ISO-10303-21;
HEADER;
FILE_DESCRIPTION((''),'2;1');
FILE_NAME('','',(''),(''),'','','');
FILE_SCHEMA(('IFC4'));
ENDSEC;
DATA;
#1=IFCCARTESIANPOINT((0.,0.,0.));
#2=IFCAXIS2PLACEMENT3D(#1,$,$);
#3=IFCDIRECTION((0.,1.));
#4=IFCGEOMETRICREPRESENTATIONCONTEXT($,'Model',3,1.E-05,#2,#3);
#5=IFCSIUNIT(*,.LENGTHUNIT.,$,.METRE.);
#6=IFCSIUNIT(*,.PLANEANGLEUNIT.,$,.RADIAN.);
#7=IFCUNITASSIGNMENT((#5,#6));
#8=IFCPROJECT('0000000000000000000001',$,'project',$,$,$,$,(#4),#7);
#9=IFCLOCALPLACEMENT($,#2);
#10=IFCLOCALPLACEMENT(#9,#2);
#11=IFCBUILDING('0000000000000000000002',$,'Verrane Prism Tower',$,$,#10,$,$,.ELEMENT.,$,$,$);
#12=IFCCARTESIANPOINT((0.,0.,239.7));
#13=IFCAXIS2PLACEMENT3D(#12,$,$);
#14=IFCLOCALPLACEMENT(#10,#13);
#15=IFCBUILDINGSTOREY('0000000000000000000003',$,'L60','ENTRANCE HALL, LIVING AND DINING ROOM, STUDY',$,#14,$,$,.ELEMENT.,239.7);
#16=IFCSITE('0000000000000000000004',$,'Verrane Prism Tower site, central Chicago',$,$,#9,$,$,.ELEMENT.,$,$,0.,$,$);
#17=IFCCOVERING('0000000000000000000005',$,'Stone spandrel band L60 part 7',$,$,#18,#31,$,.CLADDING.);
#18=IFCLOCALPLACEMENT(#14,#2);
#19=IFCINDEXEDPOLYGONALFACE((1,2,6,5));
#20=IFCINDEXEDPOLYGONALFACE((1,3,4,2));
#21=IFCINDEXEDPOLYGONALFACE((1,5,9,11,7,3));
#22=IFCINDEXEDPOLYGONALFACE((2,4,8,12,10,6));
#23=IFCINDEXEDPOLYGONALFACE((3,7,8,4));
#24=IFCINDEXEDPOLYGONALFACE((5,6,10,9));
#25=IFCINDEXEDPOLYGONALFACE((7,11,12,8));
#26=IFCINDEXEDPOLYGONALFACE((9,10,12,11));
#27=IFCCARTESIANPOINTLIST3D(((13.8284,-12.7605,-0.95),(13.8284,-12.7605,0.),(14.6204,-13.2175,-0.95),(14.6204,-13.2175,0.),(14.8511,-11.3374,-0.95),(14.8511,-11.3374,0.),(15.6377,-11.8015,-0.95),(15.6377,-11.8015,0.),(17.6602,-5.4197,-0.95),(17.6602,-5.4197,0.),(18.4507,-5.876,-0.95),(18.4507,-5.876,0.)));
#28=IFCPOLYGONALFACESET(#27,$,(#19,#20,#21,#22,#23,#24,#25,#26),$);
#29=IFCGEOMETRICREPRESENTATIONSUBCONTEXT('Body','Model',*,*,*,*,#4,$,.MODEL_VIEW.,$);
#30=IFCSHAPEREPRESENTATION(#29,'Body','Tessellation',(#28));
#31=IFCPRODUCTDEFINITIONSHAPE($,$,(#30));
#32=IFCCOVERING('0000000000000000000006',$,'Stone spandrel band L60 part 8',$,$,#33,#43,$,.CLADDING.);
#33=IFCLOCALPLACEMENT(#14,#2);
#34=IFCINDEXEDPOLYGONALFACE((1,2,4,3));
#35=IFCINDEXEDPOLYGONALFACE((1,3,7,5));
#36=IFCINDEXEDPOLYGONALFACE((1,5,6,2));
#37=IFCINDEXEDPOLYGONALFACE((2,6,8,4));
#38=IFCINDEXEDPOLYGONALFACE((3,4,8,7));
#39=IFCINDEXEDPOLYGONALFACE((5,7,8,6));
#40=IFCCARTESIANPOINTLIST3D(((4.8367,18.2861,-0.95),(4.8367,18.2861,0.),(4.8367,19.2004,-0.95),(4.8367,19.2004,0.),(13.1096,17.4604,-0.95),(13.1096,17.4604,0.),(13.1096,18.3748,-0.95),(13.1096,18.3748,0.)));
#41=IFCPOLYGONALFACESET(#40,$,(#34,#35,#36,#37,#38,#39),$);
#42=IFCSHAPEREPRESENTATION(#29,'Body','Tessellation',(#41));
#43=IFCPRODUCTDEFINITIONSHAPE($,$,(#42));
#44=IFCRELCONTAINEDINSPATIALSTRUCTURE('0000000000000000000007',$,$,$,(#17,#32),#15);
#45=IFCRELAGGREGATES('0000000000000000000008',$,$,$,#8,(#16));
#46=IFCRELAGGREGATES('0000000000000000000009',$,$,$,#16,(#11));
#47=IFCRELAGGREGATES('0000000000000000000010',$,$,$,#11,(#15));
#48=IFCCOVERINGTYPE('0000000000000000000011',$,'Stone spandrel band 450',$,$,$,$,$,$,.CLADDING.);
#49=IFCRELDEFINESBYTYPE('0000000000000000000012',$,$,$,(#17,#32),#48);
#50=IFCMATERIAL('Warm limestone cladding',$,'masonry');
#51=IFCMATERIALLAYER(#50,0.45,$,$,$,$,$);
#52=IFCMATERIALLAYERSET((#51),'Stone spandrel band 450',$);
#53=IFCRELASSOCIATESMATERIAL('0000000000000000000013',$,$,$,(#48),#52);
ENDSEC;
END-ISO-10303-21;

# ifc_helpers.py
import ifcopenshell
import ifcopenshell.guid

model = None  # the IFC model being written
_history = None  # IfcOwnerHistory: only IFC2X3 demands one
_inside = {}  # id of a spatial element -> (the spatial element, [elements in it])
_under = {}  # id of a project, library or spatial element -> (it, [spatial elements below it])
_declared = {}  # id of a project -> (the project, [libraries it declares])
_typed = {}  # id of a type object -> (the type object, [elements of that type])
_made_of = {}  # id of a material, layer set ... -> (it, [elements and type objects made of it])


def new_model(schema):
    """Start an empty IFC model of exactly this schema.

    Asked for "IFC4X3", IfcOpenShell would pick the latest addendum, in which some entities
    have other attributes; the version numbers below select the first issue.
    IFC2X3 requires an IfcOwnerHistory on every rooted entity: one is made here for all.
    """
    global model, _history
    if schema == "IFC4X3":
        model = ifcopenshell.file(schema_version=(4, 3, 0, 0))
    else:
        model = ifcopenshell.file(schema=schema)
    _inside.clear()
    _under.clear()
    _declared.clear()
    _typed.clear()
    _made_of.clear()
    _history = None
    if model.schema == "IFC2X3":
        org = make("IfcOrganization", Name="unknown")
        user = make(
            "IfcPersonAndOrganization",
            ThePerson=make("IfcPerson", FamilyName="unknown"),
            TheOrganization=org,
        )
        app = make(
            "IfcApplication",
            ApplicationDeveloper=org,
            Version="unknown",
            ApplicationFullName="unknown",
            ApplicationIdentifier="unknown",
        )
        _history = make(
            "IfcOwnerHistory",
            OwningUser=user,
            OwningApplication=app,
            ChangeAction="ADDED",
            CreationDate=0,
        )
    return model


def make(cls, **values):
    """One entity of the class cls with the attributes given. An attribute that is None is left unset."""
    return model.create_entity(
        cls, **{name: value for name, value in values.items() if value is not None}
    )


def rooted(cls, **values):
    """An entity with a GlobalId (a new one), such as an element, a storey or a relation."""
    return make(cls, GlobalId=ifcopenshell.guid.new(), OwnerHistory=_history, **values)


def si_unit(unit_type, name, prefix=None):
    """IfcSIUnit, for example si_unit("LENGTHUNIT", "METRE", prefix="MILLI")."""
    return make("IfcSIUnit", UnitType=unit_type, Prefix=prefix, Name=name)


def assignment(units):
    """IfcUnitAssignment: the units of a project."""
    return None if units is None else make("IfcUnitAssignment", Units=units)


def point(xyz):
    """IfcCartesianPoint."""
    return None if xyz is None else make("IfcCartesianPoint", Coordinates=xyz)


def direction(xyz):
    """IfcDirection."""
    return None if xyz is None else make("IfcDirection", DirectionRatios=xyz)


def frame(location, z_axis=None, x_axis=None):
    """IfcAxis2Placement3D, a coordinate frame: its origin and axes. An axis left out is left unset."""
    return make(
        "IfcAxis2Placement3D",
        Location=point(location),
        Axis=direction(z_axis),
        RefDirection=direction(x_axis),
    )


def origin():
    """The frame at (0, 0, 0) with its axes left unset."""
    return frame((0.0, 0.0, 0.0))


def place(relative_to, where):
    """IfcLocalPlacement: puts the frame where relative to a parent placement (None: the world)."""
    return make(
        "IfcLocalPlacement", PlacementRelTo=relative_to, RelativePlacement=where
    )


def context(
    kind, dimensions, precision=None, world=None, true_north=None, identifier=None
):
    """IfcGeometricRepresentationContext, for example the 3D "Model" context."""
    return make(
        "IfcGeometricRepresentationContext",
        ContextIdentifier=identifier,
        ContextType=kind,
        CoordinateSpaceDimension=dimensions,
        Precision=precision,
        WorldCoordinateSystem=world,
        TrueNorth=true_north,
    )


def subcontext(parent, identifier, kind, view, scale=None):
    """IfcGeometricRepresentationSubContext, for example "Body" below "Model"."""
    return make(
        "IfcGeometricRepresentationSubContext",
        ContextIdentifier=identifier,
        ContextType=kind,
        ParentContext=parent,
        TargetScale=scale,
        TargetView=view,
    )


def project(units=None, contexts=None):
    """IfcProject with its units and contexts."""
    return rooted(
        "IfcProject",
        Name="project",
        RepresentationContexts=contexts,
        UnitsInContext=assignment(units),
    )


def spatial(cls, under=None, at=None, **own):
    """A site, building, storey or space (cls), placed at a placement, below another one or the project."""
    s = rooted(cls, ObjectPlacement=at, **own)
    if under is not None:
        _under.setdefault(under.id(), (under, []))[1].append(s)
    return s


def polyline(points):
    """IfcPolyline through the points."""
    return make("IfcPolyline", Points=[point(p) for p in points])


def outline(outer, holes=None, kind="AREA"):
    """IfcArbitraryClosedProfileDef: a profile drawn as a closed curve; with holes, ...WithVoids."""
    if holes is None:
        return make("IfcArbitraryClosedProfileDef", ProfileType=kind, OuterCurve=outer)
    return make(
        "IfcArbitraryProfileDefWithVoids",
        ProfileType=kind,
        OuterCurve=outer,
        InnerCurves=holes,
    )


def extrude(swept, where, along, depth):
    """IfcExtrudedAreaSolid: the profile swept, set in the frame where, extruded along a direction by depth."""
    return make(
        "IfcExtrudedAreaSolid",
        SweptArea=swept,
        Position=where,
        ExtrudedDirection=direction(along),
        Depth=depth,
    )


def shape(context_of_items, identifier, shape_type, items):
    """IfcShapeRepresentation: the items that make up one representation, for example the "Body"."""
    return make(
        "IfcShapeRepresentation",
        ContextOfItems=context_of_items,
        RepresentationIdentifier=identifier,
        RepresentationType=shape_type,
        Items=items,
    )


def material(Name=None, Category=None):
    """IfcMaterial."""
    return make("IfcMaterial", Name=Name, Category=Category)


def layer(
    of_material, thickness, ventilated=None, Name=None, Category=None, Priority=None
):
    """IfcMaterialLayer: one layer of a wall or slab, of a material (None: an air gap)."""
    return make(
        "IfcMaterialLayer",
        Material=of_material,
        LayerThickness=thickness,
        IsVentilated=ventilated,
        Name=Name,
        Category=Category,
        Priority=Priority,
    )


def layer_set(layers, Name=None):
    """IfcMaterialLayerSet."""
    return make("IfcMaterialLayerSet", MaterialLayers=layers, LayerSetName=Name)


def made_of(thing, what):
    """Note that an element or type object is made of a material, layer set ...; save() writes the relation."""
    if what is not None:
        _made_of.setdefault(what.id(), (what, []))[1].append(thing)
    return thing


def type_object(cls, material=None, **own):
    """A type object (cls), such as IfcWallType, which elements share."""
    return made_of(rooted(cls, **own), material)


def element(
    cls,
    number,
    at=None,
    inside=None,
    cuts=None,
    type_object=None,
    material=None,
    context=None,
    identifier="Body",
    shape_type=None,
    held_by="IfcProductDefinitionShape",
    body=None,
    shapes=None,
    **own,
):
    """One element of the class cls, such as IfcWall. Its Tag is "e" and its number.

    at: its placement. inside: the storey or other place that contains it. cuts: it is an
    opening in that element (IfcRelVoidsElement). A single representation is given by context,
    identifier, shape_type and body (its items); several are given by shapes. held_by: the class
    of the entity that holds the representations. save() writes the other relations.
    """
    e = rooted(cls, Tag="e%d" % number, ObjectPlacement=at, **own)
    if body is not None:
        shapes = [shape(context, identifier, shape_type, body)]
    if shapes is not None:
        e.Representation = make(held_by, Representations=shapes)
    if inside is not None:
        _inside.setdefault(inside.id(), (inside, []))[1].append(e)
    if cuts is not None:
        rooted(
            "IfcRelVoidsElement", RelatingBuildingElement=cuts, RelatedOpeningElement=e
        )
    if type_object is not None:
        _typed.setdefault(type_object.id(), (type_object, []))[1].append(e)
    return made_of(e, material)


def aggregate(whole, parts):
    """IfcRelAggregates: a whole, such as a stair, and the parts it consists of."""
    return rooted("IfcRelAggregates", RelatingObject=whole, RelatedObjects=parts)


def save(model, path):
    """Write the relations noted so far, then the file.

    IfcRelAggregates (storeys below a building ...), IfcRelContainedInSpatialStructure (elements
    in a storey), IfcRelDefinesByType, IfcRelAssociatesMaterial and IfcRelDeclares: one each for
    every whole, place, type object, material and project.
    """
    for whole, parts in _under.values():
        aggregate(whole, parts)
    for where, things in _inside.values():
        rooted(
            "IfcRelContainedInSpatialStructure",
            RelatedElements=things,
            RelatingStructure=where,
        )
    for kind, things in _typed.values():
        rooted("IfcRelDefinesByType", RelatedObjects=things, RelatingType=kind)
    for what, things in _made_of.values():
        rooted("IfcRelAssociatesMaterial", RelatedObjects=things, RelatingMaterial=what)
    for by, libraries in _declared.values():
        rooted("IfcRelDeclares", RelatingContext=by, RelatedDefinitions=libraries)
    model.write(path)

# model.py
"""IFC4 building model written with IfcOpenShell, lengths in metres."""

from ifc_helpers import new_model, si_unit, direction, frame, origin, place, context, subcontext, project, spatial, polyline, outline, extrude, material, layer, layer_set, type_object, element, save


model = new_model("IFC4")

# Units and contexts
model_context = context("Model", 3, precision=1e-05, world=origin(), true_north=direction((0.0, 1.0)))
body_context = subcontext(model_context, "Body", "Model", "MODEL_VIEW")
ifc_project = project(units=[si_unit("LENGTHUNIT", "METRE"), si_unit("PLANEANGLEUNIT", "RADIAN")], contexts=[model_context])

# Site, building, storey
site_placement = place(None, origin())
site = spatial("IfcSite", under=ifc_project, at=site_placement, Name="Verrane Prism Tower site, central Chicago", CompositionType="ELEMENT", RefElevation=0.0)
building_placement = place(site_placement, origin())
building = spatial("IfcBuilding", under=site, at=building_placement, Name="Verrane Prism Tower", CompositionType="ELEMENT")
storey_placement = place(building_placement, frame((0.0, 0.0, 239.7)))
storey = spatial("IfcBuildingStorey", under=building, at=storey_placement, Name="L60", Description="ENTRANCE HALL, LIVING AND DINING ROOM, STUDY", CompositionType="ELEMENT", Elevation=239.7)

# Coverings
ifc_material_1 = material(Name="Warm limestone cladding", Category="masonry")
ifc_layer_1 = layer(ifc_material_1, 0.45)
ifc_layer_set_1 = layer_set([ifc_layer_1], Name="Stone spandrel band 450")
covering_type = type_object("IfcCoveringType", Name="Stone spandrel band 450", PredefinedType="CLADDING", material=ifc_layer_set_1)
covering_1_placement = place(storey_placement, frame((0.0, 0.0, -0.95)))
element("IfcCovering", 1, at=covering_1_placement, inside=storey, type_object=covering_type, Name="Stone spandrel band L60 part 7", PredefinedType="CLADDING", context=body_context, shape_type="SweptSolid", body=[
    extrude(outline(polyline([(17.6602, -5.4197), (14.8511, -11.3374), (13.8284, -12.7605), (14.6204, -13.2175), (15.6377, -11.8015), (18.4507, -5.876), (17.6602, -5.4197)])), origin(), (0.0, 0.0, 1.0), 0.95),
])
covering_2_placement = place(storey_placement, frame((0.0, 0.0, -0.95)))
element("IfcCovering", 2, at=covering_2_placement, inside=storey, type_object=covering_type, Name="Stone spandrel band L60 part 8", PredefinedType="CLADDING", context=body_context, shape_type="SweptSolid", body=[
    extrude(outline(polyline([(4.8367, 18.2861), (13.1096, 17.4604), (13.1096, 18.3748), (4.8367, 19.2004), (4.8367, 18.2861)])), origin(), (0.0, 0.0, 1.0), 0.95),
])

save(model, "model.ifc")
